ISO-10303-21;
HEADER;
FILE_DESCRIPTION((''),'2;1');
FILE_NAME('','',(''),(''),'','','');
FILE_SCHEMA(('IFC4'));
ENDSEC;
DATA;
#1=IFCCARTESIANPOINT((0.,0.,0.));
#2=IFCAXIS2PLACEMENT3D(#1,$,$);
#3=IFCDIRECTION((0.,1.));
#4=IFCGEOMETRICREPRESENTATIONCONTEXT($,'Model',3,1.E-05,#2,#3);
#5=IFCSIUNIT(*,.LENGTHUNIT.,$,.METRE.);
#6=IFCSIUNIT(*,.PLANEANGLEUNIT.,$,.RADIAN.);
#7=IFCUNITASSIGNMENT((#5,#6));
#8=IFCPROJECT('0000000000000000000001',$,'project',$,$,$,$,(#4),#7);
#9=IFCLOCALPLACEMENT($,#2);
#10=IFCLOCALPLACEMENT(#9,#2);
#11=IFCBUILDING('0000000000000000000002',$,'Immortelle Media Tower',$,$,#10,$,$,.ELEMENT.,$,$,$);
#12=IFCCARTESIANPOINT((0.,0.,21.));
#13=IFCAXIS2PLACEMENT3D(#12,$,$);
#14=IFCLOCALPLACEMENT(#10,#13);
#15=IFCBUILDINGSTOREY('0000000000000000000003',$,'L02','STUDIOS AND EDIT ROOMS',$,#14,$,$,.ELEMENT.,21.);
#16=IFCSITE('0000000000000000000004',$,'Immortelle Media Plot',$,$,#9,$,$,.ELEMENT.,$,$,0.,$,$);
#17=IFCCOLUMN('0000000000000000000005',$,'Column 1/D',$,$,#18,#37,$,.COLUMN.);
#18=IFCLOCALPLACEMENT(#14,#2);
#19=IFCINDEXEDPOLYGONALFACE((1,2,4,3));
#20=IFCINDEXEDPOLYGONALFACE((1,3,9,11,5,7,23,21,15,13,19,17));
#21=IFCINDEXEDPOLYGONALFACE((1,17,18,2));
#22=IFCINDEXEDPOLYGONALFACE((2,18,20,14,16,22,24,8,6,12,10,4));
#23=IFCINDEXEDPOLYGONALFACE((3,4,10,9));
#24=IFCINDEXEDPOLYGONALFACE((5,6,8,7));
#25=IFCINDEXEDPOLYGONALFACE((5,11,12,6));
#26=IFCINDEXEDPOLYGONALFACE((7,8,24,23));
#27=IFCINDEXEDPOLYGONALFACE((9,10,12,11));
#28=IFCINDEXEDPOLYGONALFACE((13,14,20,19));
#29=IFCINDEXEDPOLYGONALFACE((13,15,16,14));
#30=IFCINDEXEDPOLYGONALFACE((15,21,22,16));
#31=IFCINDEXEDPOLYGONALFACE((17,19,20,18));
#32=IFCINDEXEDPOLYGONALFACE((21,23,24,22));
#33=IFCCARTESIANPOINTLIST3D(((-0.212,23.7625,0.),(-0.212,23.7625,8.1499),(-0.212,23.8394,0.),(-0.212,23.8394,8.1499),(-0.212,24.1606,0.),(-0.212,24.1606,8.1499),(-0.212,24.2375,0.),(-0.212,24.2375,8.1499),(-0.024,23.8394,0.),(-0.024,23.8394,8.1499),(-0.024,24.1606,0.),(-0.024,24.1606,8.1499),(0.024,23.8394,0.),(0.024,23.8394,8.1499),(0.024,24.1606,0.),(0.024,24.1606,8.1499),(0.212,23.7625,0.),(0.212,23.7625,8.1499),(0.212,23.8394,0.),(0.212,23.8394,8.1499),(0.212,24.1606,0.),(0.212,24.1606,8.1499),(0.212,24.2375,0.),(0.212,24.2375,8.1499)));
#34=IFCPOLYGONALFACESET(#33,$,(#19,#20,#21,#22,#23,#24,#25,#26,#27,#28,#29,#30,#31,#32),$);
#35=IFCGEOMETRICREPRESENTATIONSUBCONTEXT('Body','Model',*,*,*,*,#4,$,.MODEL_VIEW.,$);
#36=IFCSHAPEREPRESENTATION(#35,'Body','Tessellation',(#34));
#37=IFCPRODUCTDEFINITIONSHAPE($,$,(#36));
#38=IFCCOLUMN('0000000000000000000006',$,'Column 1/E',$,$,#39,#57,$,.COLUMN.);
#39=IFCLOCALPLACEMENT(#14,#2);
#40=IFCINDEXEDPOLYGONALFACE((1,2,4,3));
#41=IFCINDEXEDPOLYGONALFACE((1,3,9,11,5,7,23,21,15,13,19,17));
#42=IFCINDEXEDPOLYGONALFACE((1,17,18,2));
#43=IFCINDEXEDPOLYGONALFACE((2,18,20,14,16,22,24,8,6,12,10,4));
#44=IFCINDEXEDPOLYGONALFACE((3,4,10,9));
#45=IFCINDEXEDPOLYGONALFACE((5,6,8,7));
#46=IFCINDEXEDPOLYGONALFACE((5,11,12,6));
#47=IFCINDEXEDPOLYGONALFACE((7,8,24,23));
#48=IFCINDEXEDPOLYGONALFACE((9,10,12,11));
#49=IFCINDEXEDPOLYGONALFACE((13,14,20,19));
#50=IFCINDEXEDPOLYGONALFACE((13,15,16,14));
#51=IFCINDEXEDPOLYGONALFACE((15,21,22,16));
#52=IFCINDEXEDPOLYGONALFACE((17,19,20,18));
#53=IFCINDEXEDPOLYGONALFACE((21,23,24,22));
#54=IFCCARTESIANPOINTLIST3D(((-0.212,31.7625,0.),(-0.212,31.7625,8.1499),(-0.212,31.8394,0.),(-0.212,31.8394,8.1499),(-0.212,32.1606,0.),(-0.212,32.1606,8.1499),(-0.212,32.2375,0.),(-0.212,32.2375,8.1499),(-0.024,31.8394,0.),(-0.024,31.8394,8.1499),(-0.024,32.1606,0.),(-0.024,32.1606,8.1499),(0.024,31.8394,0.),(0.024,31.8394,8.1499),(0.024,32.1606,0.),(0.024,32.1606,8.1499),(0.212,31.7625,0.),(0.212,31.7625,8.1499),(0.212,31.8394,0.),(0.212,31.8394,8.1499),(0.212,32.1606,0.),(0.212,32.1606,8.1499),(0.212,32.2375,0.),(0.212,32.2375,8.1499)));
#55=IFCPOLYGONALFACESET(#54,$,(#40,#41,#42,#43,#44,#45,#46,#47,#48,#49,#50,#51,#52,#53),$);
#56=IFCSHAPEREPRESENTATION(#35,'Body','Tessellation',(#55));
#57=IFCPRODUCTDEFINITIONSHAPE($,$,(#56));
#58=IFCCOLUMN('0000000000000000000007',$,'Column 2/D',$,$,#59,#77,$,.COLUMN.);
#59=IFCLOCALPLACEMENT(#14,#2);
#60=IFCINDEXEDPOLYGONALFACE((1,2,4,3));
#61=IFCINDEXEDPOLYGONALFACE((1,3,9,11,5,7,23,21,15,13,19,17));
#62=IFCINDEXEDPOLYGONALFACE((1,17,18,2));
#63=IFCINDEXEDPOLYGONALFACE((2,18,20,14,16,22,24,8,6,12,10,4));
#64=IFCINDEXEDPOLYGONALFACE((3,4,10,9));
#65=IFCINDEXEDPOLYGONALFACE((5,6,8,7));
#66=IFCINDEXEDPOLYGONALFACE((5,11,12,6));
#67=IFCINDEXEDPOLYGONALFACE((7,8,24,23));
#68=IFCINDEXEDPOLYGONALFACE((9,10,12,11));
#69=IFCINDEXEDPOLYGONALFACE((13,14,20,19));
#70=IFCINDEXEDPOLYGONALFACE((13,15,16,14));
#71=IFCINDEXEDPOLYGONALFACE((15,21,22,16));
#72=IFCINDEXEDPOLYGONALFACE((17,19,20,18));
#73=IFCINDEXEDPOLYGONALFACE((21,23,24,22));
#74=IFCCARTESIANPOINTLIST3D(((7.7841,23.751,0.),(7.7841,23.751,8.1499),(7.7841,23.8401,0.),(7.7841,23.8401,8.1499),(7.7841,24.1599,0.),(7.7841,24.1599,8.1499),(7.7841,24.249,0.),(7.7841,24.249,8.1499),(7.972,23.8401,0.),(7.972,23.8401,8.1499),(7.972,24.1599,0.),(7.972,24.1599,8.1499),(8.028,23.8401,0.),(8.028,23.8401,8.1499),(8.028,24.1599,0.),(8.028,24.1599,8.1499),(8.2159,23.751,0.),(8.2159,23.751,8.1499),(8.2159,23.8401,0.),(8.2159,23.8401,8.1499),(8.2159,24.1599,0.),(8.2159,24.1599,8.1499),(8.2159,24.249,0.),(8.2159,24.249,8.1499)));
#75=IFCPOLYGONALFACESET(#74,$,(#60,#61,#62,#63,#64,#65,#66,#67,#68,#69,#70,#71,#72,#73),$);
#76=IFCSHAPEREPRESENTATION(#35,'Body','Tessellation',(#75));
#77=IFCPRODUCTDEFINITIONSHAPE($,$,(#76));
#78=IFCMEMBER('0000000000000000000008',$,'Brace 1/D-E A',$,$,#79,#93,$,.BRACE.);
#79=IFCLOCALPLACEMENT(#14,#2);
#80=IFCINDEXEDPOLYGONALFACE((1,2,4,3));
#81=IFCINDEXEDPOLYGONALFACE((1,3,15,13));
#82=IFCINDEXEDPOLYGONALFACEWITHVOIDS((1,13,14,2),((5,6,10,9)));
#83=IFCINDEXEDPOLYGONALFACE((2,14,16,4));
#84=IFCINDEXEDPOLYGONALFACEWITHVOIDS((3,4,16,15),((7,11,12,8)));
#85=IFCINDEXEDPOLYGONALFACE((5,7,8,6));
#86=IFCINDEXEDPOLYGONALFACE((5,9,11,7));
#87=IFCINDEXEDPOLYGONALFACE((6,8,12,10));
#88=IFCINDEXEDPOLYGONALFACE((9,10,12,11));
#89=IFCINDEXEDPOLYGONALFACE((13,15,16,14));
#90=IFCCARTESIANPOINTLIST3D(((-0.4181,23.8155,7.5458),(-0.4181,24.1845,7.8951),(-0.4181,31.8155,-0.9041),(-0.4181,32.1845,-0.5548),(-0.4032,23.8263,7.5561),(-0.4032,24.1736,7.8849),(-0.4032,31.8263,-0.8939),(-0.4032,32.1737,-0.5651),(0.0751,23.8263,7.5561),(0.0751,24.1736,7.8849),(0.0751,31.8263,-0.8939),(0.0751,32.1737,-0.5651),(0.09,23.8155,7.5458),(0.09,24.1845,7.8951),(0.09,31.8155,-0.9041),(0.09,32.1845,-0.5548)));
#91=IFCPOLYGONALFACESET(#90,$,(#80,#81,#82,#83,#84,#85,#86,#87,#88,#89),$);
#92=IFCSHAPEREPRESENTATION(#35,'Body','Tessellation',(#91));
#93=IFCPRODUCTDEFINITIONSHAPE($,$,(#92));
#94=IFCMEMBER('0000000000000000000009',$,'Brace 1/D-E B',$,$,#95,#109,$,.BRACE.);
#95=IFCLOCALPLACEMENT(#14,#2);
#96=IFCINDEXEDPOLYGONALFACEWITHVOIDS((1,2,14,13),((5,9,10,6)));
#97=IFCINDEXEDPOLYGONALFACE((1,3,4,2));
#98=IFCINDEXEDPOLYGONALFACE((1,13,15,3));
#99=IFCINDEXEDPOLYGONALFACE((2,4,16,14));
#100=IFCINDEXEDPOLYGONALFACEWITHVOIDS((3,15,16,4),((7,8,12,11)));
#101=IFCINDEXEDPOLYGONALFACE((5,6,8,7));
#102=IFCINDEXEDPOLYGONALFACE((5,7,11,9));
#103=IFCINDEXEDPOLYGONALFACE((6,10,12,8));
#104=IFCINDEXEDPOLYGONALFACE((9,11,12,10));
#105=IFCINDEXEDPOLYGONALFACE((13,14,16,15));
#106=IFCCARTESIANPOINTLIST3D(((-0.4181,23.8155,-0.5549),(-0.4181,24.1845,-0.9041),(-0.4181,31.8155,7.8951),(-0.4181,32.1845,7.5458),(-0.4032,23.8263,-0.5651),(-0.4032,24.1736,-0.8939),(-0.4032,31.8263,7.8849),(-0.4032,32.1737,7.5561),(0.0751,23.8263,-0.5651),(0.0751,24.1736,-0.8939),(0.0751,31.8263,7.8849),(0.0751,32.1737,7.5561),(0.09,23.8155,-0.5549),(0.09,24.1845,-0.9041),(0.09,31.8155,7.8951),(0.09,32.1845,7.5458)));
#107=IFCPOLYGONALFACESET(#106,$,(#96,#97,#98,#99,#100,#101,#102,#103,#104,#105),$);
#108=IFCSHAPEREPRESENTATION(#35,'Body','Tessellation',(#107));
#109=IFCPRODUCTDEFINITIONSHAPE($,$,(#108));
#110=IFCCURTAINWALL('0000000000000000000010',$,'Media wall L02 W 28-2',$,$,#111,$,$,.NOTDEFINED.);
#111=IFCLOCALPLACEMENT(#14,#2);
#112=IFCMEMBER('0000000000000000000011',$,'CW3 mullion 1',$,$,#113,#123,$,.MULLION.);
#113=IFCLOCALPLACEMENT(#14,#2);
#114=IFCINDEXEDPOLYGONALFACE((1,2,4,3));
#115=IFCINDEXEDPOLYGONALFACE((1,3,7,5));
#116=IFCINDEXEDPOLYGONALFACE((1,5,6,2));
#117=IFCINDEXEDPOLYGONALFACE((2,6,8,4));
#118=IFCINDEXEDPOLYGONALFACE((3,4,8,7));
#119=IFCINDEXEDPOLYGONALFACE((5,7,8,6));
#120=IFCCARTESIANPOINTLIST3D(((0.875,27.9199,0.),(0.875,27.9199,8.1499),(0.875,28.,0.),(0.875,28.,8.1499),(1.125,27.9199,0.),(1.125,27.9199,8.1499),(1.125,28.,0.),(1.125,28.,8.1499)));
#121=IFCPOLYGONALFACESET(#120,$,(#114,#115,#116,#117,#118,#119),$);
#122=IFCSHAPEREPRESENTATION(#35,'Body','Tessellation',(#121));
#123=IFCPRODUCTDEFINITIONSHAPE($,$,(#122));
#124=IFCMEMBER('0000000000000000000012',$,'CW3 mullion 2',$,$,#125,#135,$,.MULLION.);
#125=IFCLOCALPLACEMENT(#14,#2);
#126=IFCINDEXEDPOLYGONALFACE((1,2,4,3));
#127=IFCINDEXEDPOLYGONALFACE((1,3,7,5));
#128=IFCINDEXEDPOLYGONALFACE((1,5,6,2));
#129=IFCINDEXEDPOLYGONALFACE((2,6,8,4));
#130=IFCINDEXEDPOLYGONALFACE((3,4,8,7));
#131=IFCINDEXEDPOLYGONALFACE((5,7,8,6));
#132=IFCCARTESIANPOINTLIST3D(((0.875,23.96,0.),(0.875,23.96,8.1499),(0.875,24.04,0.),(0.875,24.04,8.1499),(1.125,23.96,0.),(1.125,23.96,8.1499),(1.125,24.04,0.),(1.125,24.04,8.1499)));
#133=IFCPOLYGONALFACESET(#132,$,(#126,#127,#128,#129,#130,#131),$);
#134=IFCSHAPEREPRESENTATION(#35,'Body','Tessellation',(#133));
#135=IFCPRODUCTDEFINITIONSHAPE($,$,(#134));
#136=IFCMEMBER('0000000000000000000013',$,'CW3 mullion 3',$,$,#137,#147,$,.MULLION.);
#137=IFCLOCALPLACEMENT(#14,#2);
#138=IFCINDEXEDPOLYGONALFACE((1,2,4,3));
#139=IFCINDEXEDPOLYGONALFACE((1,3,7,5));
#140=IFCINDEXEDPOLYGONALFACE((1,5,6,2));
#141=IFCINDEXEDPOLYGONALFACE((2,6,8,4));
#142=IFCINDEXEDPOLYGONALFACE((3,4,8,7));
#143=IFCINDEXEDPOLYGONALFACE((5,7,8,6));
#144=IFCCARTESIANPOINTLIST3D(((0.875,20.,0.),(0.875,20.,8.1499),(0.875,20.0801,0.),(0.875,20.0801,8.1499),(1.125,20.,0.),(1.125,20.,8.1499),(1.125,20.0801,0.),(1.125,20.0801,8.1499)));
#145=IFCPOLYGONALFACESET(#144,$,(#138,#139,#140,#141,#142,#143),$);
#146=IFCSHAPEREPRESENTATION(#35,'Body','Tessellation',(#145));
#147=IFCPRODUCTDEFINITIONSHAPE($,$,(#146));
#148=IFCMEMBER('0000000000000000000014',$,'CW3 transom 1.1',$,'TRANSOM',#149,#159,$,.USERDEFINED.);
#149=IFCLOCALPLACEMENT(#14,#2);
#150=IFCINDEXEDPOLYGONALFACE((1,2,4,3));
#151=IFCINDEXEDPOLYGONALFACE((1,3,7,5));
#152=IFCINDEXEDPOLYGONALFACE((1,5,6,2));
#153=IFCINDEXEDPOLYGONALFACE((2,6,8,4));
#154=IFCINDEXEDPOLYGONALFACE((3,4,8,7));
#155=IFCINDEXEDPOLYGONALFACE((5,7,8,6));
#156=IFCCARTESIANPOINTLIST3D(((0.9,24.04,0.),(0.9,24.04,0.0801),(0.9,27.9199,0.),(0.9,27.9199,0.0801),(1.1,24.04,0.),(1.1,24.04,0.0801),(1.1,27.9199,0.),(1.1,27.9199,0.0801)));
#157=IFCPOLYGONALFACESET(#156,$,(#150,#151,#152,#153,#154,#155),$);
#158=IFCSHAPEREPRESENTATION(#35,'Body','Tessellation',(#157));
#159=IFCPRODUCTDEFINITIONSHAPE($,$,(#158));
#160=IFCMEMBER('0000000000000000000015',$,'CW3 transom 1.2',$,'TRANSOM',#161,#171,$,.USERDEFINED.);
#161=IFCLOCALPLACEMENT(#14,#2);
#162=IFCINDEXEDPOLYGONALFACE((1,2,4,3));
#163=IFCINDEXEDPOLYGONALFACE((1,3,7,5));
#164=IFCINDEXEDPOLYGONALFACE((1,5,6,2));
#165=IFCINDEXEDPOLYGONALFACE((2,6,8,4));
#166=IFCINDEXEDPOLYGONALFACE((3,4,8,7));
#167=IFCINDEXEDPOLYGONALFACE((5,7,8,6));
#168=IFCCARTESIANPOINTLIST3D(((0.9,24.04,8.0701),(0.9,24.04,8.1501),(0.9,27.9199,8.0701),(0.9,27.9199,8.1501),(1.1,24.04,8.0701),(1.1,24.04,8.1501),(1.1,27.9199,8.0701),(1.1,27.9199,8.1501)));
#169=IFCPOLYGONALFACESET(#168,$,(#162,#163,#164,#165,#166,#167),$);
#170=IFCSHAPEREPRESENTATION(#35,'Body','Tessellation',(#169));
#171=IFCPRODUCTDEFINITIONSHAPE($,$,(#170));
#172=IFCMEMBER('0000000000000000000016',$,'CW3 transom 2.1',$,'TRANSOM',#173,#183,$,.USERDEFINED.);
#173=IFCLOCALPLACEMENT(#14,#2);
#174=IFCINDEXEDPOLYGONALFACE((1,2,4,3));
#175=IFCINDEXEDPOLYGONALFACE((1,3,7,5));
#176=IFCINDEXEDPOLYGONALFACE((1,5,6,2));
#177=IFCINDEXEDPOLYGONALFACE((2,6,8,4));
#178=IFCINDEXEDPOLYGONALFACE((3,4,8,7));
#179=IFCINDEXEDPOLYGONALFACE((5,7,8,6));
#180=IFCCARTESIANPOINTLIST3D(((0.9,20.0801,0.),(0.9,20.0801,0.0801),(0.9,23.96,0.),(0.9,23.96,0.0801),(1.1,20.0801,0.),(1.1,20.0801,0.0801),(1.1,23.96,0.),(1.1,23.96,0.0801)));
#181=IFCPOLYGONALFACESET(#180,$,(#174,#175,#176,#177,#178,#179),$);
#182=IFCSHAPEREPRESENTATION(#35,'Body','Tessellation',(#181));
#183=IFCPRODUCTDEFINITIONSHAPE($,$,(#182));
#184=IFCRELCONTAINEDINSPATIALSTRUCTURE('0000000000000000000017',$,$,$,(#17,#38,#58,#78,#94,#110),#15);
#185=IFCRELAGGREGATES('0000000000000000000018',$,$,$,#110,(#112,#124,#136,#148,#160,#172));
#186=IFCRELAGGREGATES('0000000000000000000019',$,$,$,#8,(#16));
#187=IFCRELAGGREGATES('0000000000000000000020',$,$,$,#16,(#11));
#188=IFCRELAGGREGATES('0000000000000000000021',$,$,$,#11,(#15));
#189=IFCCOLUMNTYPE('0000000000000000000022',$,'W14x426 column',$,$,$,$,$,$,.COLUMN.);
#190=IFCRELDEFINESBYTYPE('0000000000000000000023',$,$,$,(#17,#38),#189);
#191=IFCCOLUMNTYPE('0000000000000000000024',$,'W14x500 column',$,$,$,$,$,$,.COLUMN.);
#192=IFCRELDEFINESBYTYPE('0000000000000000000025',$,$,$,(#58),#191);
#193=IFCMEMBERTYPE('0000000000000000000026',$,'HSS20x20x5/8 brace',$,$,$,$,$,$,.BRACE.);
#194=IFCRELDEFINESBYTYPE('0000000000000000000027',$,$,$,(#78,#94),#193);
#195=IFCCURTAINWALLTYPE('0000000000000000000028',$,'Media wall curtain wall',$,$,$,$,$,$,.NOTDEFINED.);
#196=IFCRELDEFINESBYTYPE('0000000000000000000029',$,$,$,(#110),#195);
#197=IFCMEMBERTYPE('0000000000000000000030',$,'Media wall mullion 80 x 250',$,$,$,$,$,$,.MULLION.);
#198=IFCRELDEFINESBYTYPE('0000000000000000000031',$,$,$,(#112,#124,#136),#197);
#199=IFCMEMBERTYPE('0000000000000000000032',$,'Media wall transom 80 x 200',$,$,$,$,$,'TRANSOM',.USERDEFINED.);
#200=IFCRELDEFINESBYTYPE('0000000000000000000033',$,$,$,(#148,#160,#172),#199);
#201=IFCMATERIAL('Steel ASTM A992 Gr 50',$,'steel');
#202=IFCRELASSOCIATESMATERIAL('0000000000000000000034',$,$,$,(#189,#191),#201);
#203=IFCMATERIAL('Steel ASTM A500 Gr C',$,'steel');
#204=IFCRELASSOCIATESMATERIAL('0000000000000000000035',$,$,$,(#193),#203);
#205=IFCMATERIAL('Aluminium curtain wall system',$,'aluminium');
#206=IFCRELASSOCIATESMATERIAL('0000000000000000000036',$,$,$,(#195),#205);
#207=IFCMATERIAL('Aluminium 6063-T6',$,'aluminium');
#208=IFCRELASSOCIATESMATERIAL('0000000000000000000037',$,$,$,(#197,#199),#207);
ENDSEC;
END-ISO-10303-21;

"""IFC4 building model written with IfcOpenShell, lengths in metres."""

from ifc_helpers import new_model, si_unit, direction, frame, origin, origin_2d, place, context, subcontext, project, spatial, rectangle, hollow_rectangle, i_section, extrude, material, material_profile, profile_set, type_object, element, aggregate, save


model = new_model("IFC4")

# Units and contexts
model_context = context("Model", 3, precision=1e-05, world=origin(), true_north=direction((0.0, 1.0)))
body_context = subcontext(model_context, "Body", "Model", "MODEL_VIEW")
ifc_project = project(units=[si_unit("LENGTHUNIT", "METRE"), si_unit("PLANEANGLEUNIT", "RADIAN")], contexts=[model_context])

# Site, building, storey
site_placement = place(None, origin())
site = spatial("IfcSite", under=ifc_project, at=site_placement, Name="Immortelle Media Plot", CompositionType="ELEMENT", RefElevation=0.0)
building_placement = place(site_placement, origin())
building = spatial("IfcBuilding", under=site, at=building_placement, Name="Immortelle Media Tower", CompositionType="ELEMENT")
storey_placement = place(building_placement, frame((0.0, 0.0, 21.0)))
storey = spatial("IfcBuildingStorey", under=building, at=storey_placement, Name="L02", Description="STUDIOS AND EDIT ROOMS", CompositionType="ELEMENT", Elevation=21.0)

# Columns
ifc_material_1 = material(Name="Steel ASTM A992 Gr 50", Category="steel")
ifc_material_profile_1 = material_profile(ifc_material_1, i_section(OverallWidth=0.4241, OverallDepth=0.4751, WebThickness=0.0481, FlangeThickness=0.0769, at=origin_2d()), Name="W14x426")
ifc_profile_set_1 = profile_set([ifc_material_profile_1], Name="Steel ASTM A992 Gr 50")
column_type_1 = type_object("IfcColumnType", Name="W14x426 column", PredefinedType="COLUMN", material=ifc_profile_set_1)
for number, where, z_axis, x_axis, name in (
    (1, (0.0, 24.0, 0.0), (0.0, 0.0, 1.0), (1.0, 0.0, 0.0), "Column 1/D"),
    (2, (0.0, 32.0, 0.0), (0.0, 0.0, 1.0), (1.0, 0.0, 0.0), "Column 1/E"),
):
    element("IfcColumn", number, at=place(storey_placement, frame(where, z_axis=z_axis, x_axis=x_axis)), inside=storey, type_object=column_type_1, Name=name, PredefinedType="COLUMN", context=body_context, shape_type="SweptSolid", body=[
        extrude(i_section(OverallWidth=0.4241, OverallDepth=0.4751, WebThickness=0.0481, FlangeThickness=0.0769, at=origin_2d()), origin(), (0.0, 0.0, 1.0), 8.1499),
    ])
ifc_material_profile_2 = material_profile(ifc_material_1, i_section(OverallWidth=0.4319, OverallDepth=0.498, WebThickness=0.0559, FlangeThickness=0.0891, at=origin_2d()), Name="W14x500")
ifc_profile_set_2 = profile_set([ifc_material_profile_2], Name="Steel ASTM A992 Gr 50")
column_type_2 = type_object("IfcColumnType", Name="W14x500 column", PredefinedType="COLUMN", material=ifc_profile_set_2)
column_placement = place(storey_placement, frame((8.0, 24.0, 0.0), z_axis=(0.0, 0.0, 1.0), x_axis=(1.0, 0.0, 0.0)))
element("IfcColumn", 3, at=column_placement, inside=storey, type_object=column_type_2, Name="Column 2/D", PredefinedType="COLUMN", context=body_context, shape_type="SweptSolid", body=[
    extrude(i_section(OverallWidth=0.4319, OverallDepth=0.498, WebThickness=0.0559, FlangeThickness=0.0891, at=origin_2d()), origin(), (0.0, 0.0, 1.0), 8.1499),
])

# Members
ifc_material_2 = material(Name="Steel ASTM A500 Gr C", Category="steel")
ifc_material_profile_3 = material_profile(ifc_material_2, hollow_rectangle(XDim=0.5081, YDim=0.5081, WallThickness=0.0149, at=origin_2d()), Name="HSS20x20x5/8 brace")
ifc_profile_set_3 = profile_set([ifc_material_profile_3], Name="Steel ASTM A500 Gr C")
member_type_1 = type_object("IfcMemberType", Name="HSS20x20x5/8 brace", PredefinedType="BRACE", material=ifc_profile_set_3)
for number, where, z_axis, x_axis, name in (
    (4, (-0.1641, 32.0, -0.7295), (0.0, -0.687508, 0.726176), (1.0, 0.0, 0.0), "Brace 1/D-E A"),
    (5, (-0.1641, 32.0, 7.7205), (0.0, -0.687508, -0.726176), (1.0, 0.0, 0.0), "Brace 1/D-E B"),
):
    element("IfcMember", number, at=place(storey_placement, frame(where, z_axis=z_axis, x_axis=x_axis)), inside=storey, type_object=member_type_1, Name=name, PredefinedType="BRACE", context=body_context, shape_type="SweptSolid", body=[
        extrude(hollow_rectangle(XDim=0.5081, YDim=0.5081, WallThickness=0.0149, at=origin_2d()), origin(), (0.0, 0.0, 1.0), 11.6362),
    ])

# Curtain wall, members
ifc_material_3 = material(Name="Aluminium curtain wall system", Category="aluminium")
curtain_wall_type = type_object("IfcCurtainWallType", Name="Media wall curtain wall", PredefinedType="NOTDEFINED", material=ifc_material_3)
curtain_wall_placement = place(storey_placement, origin())
curtain_wall = element("IfcCurtainWall", 6, at=curtain_wall_placement, inside=storey, type_object=curtain_wall_type, Name="Media wall L02 W 28-2", PredefinedType="NOTDEFINED")
ifc_material_4 = material(Name="Aluminium 6063-T6", Category="aluminium")
ifc_material_profile_4 = material_profile(ifc_material_4, rectangle(XDim=0.25, YDim=0.0801, at=origin_2d()), Name="AL 80x250")
ifc_profile_set_4 = profile_set([ifc_material_profile_4], Name="Aluminium 6063-T6")
member_type_2 = type_object("IfcMemberType", Name="Media wall mullion 80 x 250", PredefinedType="MULLION", material=ifc_profile_set_4)
member_1_placement = place(storey_placement, frame((1.0, 27.96, 0.0), z_axis=(0.0, 0.0, 1.0), x_axis=(1.0, 0.0, 0.0)))
member_1 = element("IfcMember", 7, at=member_1_placement, type_object=member_type_2, Name="CW3 mullion 1", PredefinedType="MULLION", context=body_context, shape_type="SweptSolid", body=[
    extrude(rectangle(XDim=0.25, YDim=0.0801, at=origin_2d()), origin(), (0.0, 0.0, 1.0), 8.1499),
])
member_2_placement = place(storey_placement, frame((1.0, 24.0, 0.0), z_axis=(0.0, 0.0, 1.0), x_axis=(1.0, 0.0, 0.0)))
member_2 = element("IfcMember", 8, at=member_2_placement, type_object=member_type_2, Name="CW3 mullion 2", PredefinedType="MULLION", context=body_context, shape_type="SweptSolid", body=[
    extrude(rectangle(XDim=0.25, YDim=0.0801, at=origin_2d()), origin(), (0.0, 0.0, 1.0), 8.1499),
])
member_3_placement = place(storey_placement, frame((1.0, 20.04, 0.0), z_axis=(0.0, 0.0, 1.0), x_axis=(1.0, 0.0, 0.0)))
member_3 = element("IfcMember", 9, at=member_3_placement, type_object=member_type_2, Name="CW3 mullion 3", PredefinedType="MULLION", context=body_context, shape_type="SweptSolid", body=[
    extrude(rectangle(XDim=0.25, YDim=0.0801, at=origin_2d()), origin(), (0.0, 0.0, 1.0), 8.1499),
])
ifc_material_profile_5 = material_profile(ifc_material_4, rectangle(XDim=0.2, YDim=0.0801, at=origin_2d()), Name="AL 80x200")
ifc_profile_set_5 = profile_set([ifc_material_profile_5], Name="Aluminium 6063-T6")
member_type_3 = type_object("IfcMemberType", Name="Media wall transom 80 x 200", ElementType="TRANSOM", PredefinedType="USERDEFINED", material=ifc_profile_set_5)
member_4_placement = place(storey_placement, frame((1.0, 27.9199, 0.04), z_axis=(0.0, -1.0, 0.0), x_axis=(1.0, 0.0, 0.0)))
member_4 = element("IfcMember", 10, at=member_4_placement, type_object=member_type_3, Name="CW3 transom 1.1", ObjectType="TRANSOM", PredefinedType="USERDEFINED", context=body_context, shape_type="SweptSolid", body=[
    extrude(rectangle(XDim=0.2, YDim=0.0801, at=origin_2d()), origin(), (0.0, 0.0, 1.0), 3.8799),
])
member_5_placement = place(storey_placement, frame((1.0, 27.9199, 8.1101), z_axis=(0.0, -1.0, 0.0), x_axis=(1.0, 0.0, 0.0)))
member_5 = element("IfcMember", 11, at=member_5_placement, type_object=member_type_3, Name="CW3 transom 1.2", ObjectType="TRANSOM", PredefinedType="USERDEFINED", context=body_context, shape_type="SweptSolid", body=[
    extrude(rectangle(XDim=0.2, YDim=0.0801, at=origin_2d()), origin(), (0.0, 0.0, 1.0), 3.8799),
])
member_6_placement = place(storey_placement, frame((1.0, 23.96, 0.04), z_axis=(0.0, -1.0, 0.0), x_axis=(1.0, 0.0, 0.0)))
member_6 = element("IfcMember", 12, at=member_6_placement, type_object=member_type_3, Name="CW3 transom 2.1", ObjectType="TRANSOM", PredefinedType="USERDEFINED", context=body_context, shape_type="SweptSolid", body=[
    extrude(rectangle(XDim=0.2, YDim=0.0801, at=origin_2d()), origin(), (0.0, 0.0, 1.0), 3.8799),
])

aggregate(curtain_wall, [member_1, member_2, member_3, member_4, member_5, member_6])

save(model, "model.ifc")
